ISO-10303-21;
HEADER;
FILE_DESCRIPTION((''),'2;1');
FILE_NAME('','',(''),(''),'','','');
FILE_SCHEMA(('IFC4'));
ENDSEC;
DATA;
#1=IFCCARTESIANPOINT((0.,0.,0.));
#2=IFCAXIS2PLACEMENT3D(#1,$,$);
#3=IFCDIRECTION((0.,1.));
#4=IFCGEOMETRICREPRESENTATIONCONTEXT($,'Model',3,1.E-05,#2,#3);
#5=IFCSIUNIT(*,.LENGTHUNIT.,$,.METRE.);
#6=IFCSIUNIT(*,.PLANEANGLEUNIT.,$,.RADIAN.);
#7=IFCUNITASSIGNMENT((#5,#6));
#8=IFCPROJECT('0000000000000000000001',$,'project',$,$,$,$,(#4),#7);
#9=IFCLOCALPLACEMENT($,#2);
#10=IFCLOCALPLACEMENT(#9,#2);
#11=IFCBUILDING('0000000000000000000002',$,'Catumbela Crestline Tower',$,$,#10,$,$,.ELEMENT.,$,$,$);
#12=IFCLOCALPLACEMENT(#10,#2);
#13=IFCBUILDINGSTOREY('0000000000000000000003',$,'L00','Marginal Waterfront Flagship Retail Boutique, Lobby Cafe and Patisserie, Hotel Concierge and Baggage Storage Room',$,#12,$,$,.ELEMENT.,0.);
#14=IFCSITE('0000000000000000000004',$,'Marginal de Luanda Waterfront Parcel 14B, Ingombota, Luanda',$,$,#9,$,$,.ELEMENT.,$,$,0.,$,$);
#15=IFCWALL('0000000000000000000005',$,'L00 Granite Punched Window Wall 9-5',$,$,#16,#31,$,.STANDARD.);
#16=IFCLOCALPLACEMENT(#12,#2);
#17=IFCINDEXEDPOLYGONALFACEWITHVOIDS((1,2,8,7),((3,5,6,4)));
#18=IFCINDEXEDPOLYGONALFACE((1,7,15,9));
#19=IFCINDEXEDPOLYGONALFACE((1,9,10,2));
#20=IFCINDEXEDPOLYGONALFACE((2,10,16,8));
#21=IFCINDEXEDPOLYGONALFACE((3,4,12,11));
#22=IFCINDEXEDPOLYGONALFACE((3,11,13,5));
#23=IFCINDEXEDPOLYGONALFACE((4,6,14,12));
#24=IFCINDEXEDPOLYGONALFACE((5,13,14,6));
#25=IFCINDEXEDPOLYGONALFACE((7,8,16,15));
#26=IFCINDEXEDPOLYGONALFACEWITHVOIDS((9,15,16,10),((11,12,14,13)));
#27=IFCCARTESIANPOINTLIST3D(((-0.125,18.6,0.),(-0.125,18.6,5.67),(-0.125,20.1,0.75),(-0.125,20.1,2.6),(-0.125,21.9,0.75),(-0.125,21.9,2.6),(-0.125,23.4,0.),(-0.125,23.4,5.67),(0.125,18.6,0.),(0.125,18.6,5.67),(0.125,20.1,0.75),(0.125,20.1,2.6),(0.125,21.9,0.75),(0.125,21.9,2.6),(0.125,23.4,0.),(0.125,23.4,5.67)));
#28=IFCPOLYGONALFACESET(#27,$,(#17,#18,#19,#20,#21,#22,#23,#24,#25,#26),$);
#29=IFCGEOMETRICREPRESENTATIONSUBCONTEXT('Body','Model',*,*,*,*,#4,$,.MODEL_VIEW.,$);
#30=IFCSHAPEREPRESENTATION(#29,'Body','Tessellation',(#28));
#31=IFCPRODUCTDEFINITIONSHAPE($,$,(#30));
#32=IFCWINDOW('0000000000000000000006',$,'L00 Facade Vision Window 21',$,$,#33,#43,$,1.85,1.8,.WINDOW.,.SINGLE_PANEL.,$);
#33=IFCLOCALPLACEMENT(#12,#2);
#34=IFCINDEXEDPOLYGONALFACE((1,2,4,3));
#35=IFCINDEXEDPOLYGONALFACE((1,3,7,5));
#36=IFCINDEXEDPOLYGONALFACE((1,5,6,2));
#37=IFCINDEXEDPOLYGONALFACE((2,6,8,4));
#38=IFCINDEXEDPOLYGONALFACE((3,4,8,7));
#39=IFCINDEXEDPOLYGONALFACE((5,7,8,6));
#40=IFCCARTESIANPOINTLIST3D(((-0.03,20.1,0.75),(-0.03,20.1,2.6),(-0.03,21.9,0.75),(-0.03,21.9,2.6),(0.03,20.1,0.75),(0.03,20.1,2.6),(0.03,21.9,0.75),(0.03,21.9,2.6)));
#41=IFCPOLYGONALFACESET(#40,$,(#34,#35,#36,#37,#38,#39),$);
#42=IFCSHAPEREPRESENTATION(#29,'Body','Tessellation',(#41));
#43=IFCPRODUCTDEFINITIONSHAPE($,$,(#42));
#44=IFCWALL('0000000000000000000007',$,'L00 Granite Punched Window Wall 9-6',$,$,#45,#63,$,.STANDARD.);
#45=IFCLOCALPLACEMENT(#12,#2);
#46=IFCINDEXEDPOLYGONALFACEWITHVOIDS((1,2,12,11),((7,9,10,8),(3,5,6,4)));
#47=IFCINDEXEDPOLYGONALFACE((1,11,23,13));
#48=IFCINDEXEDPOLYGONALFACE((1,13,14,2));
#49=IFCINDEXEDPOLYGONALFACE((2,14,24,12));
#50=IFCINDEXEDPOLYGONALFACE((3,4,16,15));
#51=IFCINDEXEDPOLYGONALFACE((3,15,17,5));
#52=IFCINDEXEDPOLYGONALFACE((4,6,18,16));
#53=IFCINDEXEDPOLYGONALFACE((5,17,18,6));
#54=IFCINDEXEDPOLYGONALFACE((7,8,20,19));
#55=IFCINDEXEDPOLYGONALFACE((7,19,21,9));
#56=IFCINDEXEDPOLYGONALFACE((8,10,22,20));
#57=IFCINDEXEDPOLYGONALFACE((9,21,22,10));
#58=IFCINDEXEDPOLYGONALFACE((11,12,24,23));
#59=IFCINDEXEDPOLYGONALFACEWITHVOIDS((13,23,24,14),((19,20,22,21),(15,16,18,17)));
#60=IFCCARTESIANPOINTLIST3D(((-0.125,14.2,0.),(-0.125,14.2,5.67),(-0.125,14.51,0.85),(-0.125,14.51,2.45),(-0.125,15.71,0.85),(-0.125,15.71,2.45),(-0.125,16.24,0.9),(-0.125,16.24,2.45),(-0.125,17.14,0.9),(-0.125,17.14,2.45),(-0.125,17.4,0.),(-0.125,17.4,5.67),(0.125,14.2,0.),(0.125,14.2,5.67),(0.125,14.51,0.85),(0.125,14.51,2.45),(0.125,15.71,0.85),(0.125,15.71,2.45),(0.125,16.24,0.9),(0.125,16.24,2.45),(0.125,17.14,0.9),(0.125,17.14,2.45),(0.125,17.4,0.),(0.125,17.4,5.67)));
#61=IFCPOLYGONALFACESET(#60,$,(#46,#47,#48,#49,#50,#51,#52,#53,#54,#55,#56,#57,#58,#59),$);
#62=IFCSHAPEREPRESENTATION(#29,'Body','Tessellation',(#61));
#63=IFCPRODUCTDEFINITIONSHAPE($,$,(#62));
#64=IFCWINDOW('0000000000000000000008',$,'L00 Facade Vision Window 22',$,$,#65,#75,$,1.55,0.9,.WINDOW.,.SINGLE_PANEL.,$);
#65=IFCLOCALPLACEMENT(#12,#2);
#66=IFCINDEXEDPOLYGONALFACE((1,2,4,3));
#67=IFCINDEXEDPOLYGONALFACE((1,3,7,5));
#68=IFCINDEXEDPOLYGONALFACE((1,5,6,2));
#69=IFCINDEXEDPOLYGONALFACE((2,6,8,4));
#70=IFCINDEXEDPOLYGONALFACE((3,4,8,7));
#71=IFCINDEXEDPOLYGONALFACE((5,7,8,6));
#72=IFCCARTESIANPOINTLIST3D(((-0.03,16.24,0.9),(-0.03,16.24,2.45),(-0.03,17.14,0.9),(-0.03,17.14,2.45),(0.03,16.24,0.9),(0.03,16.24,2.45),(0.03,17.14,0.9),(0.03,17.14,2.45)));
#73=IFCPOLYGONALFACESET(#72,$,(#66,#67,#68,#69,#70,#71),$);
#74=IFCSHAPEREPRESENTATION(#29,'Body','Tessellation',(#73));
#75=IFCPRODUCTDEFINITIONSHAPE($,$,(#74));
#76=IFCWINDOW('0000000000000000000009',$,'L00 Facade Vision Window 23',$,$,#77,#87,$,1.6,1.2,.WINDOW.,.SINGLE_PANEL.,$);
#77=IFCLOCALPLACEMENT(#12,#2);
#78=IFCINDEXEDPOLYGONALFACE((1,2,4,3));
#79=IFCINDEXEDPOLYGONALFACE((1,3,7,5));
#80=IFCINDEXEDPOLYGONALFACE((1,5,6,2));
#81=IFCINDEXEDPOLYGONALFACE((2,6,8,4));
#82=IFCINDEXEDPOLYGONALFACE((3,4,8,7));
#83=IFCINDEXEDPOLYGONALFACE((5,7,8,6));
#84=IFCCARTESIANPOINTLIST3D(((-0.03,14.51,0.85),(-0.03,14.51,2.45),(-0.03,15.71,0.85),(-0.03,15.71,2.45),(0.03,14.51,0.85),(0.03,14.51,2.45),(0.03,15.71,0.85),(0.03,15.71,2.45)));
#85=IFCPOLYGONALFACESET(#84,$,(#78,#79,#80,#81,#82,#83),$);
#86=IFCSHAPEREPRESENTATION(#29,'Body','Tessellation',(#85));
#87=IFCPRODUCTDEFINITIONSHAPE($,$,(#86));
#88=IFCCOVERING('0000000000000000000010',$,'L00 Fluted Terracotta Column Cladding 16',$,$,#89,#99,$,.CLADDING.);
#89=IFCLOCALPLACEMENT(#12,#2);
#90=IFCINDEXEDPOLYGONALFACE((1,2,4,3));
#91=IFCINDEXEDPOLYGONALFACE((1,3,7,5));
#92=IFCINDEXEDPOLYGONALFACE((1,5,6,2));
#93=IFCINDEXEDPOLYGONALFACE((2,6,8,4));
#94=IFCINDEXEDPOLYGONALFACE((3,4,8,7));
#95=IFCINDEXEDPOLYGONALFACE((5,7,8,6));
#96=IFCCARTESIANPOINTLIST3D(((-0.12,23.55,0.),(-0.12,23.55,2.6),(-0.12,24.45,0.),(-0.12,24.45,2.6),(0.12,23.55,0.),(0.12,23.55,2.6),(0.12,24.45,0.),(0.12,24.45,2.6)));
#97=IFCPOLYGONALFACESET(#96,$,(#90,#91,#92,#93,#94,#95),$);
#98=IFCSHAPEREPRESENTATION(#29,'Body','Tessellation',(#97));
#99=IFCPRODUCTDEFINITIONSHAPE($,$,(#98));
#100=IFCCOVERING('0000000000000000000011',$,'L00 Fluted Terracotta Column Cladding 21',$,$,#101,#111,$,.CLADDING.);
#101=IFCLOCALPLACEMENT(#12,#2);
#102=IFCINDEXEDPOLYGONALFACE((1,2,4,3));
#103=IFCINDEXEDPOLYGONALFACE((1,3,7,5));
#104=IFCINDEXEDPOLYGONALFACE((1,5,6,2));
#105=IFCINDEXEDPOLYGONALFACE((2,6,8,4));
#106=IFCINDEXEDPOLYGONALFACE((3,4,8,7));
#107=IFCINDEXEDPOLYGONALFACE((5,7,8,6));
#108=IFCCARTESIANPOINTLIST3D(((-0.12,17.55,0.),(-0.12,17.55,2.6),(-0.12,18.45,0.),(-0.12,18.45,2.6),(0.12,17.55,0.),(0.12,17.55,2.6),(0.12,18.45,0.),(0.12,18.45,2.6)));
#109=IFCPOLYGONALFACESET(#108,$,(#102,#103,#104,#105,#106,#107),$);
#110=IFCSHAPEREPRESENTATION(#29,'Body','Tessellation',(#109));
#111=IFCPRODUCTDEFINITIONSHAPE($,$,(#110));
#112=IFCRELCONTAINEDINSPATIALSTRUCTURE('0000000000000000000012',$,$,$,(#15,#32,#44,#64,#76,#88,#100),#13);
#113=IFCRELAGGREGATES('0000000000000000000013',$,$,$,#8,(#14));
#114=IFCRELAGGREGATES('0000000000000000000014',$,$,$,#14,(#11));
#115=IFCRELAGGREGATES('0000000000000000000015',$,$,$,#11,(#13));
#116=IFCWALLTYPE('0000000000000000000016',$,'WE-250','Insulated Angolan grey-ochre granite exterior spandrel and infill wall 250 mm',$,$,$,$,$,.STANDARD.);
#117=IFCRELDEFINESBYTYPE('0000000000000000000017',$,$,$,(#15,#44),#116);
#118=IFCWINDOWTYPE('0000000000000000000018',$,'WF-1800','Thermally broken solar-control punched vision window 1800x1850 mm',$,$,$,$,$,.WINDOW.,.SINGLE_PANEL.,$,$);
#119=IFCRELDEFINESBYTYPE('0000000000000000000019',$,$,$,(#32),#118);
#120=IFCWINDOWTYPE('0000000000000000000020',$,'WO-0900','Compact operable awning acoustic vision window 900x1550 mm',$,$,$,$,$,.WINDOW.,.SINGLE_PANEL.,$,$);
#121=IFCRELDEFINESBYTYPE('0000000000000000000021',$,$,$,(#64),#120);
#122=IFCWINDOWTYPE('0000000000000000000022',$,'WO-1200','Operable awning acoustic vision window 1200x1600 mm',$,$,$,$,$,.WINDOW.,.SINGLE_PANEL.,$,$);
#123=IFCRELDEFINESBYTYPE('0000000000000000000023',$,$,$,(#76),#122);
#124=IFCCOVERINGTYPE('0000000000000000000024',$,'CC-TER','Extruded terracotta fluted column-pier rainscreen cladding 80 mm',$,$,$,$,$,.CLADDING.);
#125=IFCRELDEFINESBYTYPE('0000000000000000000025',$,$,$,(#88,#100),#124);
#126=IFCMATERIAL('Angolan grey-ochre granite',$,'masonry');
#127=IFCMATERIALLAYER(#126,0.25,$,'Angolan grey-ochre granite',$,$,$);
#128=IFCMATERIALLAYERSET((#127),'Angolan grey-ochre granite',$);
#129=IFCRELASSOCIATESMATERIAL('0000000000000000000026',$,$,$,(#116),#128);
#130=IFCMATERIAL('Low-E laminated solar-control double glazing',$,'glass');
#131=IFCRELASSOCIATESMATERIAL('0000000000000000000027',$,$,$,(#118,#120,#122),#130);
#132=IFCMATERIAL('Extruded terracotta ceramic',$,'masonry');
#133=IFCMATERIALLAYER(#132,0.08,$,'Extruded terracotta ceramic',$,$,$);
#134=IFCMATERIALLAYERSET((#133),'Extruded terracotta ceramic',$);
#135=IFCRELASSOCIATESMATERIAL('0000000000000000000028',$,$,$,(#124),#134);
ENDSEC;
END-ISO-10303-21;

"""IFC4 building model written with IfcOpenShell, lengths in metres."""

from ifc_helpers import new_model, si_unit, direction, frame, frame_2d, origin, origin_2d, place, context, subcontext, project, spatial, rectangle, extrude, material, layer, layer_set, type_object, element, fill, save


model = new_model("IFC4")

# Units and contexts
model_context = context("Model", 3, precision=1e-05, world=origin(), true_north=direction((0.0, 1.0)))
body_context = subcontext(model_context, "Body", "Model", "MODEL_VIEW")
ifc_project = project(units=[si_unit("LENGTHUNIT", "METRE"), si_unit("PLANEANGLEUNIT", "RADIAN")], contexts=[model_context])

# Site, building, storey
site_placement = place(None, origin())
site = spatial("IfcSite", under=ifc_project, at=site_placement, Name="Marginal de Luanda Waterfront Parcel 14B, Ingombota, Luanda", CompositionType="ELEMENT", RefElevation=0.0)
building_placement = place(site_placement, origin())
building = spatial("IfcBuilding", under=site, at=building_placement, Name="Catumbela Crestline Tower", CompositionType="ELEMENT")
storey_placement = place(building_placement, origin())
storey = spatial("IfcBuildingStorey", under=building, at=storey_placement, Name="L00", Description="Marginal Waterfront Flagship Retail Boutique, Lobby Cafe and Patisserie, Hotel Concierge and Baggage Storage Room", CompositionType="ELEMENT", Elevation=0.0)

# Wall, opening, window
ifc_material_1 = material(Name="Angolan grey-ochre granite", Category="masonry")
ifc_layer_1 = layer(ifc_material_1, 0.25, Name="Angolan grey-ochre granite")
ifc_layer_set_1 = layer_set([ifc_layer_1], Name="Angolan grey-ochre granite")
wall_type_1 = type_object("IfcWallType", Name="WE-250", Description="Insulated Angolan grey-ochre granite exterior spandrel and infill wall 250 mm", PredefinedType="STANDARD", material=ifc_layer_set_1)
wall_1_placement = place(storey_placement, frame((0.0, 23.4, 0.0), z_axis=(0.0, 0.0, 1.0), x_axis=(0.0, -1.0, 0.0)))
wall_1 = element("IfcWall", 1, at=wall_1_placement, inside=storey, type_object=wall_type_1, Name="L00 Granite Punched Window Wall 9-5", PredefinedType="STANDARD", context=body_context, shape_type="SweptSolid", body=[
    extrude(rectangle(XDim=4.8, YDim=0.25, at=frame_2d((2.4, 0.0))), origin(), (0.0, 0.0, 1.0), 5.67),
])
opening_1_placement = place(wall_1_placement, frame((1.5, 0.0, 0.75)))
opening_1 = element("IfcOpeningElement", 2, at=opening_1_placement, cuts=wall_1, PredefinedType="OPENING", context=body_context, shape_type="SweptSolid", body=[
    extrude(rectangle(XDim=1.8, YDim=1.85, at=frame_2d((0.9, 0.925))), frame((0.0, 0.135, 0.0), z_axis=(0.0, -1.0, 0.0), x_axis=(1.0, 0.0, 0.0)), (0.0, 0.0, 1.0), 0.27),
])
ifc_material_2 = material(Name="Low-E laminated solar-control double glazing", Category="glass")
window_type_1 = type_object("IfcWindowType", Name="WF-1800", Description="Thermally broken solar-control punched vision window 1800x1850 mm", PartitioningType="SINGLE_PANEL", PredefinedType="WINDOW", material=ifc_material_2)
window_1_placement = place(opening_1_placement, origin())
window_1 = element("IfcWindow", 3, at=window_1_placement, inside=storey, type_object=window_type_1, Name="L00 Facade Vision Window 21", OverallHeight=1.85, OverallWidth=1.8, PartitioningType="SINGLE_PANEL", PredefinedType="WINDOW", context=body_context, shape_type="SweptSolid", body=[
    extrude(rectangle(XDim=1.8, YDim=1.85, at=frame_2d((0.9, 0.925))), frame((0.0, 0.03, 0.0), z_axis=(0.0, -1.0, 0.0), x_axis=(1.0, 0.0, 0.0)), (0.0, 0.0, 1.0), 0.06),
])
fill(opening_1, window_1)

# Wall, openings, windows
wall_2_placement = place(storey_placement, frame((0.0, 17.4, 0.0), z_axis=(0.0, 0.0, 1.0), x_axis=(0.0, -1.0, 0.0)))
wall_2 = element("IfcWall", 4, at=wall_2_placement, inside=storey, type_object=wall_type_1, Name="L00 Granite Punched Window Wall 9-6", PredefinedType="STANDARD", context=body_context, shape_type="SweptSolid", body=[
    extrude(rectangle(XDim=3.2, YDim=0.25, at=frame_2d((1.6, 0.0))), origin(), (0.0, 0.0, 1.0), 5.67),
])
opening_2_placement = place(wall_2_placement, frame((0.26, 0.0, 0.9)))
opening_2 = element("IfcOpeningElement", 5, at=opening_2_placement, cuts=wall_2, PredefinedType="OPENING", context=body_context, shape_type="SweptSolid", body=[
    extrude(rectangle(XDim=0.9, YDim=1.55, at=frame_2d((0.45, 0.775))), frame((0.0, 0.135, 0.0), z_axis=(0.0, -1.0, 0.0), x_axis=(1.0, 0.0, 0.0)), (0.0, 0.0, 1.0), 0.27),
])
opening_3_placement = place(wall_2_placement, frame((1.69, 0.0, 0.85)))
opening_3 = element("IfcOpeningElement", 6, at=opening_3_placement, cuts=wall_2, PredefinedType="OPENING", context=body_context, shape_type="SweptSolid", body=[
    extrude(rectangle(XDim=1.2, YDim=1.6, at=frame_2d((0.6, 0.8))), frame((0.0, 0.135, 0.0), z_axis=(0.0, -1.0, 0.0), x_axis=(1.0, 0.0, 0.0)), (0.0, 0.0, 1.0), 0.27),
])
window_type_2 = type_object("IfcWindowType", Name="WO-0900", Description="Compact operable awning acoustic vision window 900x1550 mm", PartitioningType="SINGLE_PANEL", PredefinedType="WINDOW", material=ifc_material_2)
window_2_placement = place(opening_2_placement, origin())
window_2 = element("IfcWindow", 7, at=window_2_placement, inside=storey, type_object=window_type_2, Name="L00 Facade Vision Window 22", OverallHeight=1.55, OverallWidth=0.9, PartitioningType="SINGLE_PANEL", PredefinedType="WINDOW", context=body_context, shape_type="SweptSolid", body=[
    extrude(rectangle(XDim=0.9, YDim=1.55, at=frame_2d((0.45, 0.775))), frame((0.0, 0.03, 0.0), z_axis=(0.0, -1.0, 0.0), x_axis=(1.0, 0.0, 0.0)), (0.0, 0.0, 1.0), 0.06),
])
fill(opening_2, window_2)
window_type_3 = type_object("IfcWindowType", Name="WO-1200", Description="Operable awning acoustic vision window 1200x1600 mm", PartitioningType="SINGLE_PANEL", PredefinedType="WINDOW", material=ifc_material_2)
window_3_placement = place(opening_3_placement, origin())
window_3 = element("IfcWindow", 8, at=window_3_placement, inside=storey, type_object=window_type_3, Name="L00 Facade Vision Window 23", OverallHeight=1.6, OverallWidth=1.2, PartitioningType="SINGLE_PANEL", PredefinedType="WINDOW", context=body_context, shape_type="SweptSolid", body=[
    extrude(rectangle(XDim=1.2, YDim=1.6, at=frame_2d((0.6, 0.8))), frame((0.0, 0.03, 0.0), z_axis=(0.0, -1.0, 0.0), x_axis=(1.0, 0.0, 0.0)), (0.0, 0.0, 1.0), 0.06),
])
fill(opening_3, window_3)

# Coverings
ifc_material_3 = material(Name="Extruded terracotta ceramic", Category="masonry")
ifc_layer_2 = layer(ifc_material_3, 0.08, Name="Extruded terracotta ceramic")
ifc_layer_set_2 = layer_set([ifc_layer_2], Name="Extruded terracotta ceramic")
covering_type = type_object("IfcCoveringType", Name="CC-TER", Description="Extruded terracotta fluted column-pier rainscreen cladding 80 mm", PredefinedType="CLADDING", material=ifc_layer_set_2)
for number, where, z_axis, x_axis, name in (
    (9, (0.0, 24.0, 0.0), (0.0, 0.0, 1.0), (0.0, -1.0, 0.0), "L00 Fluted Terracotta Column Cladding 16"),
    (10, (0.0, 18.0, 0.0), (0.0, 0.0, 1.0), (0.0, -1.0, 0.0), "L00 Fluted Terracotta Column Cladding 21"),
):
    element("IfcCovering", number, at=place(storey_placement, frame(where, z_axis=z_axis, x_axis=x_axis)), inside=storey, type_object=covering_type, Name=name, PredefinedType="CLADDING", context=body_context, shape_type="SweptSolid", body=[
        extrude(rectangle(XDim=0.9, YDim=0.24, at=origin_2d()), origin(), (0.0, 0.0, 1.0), 2.6),
    ])

save(model, "model.ifc")
